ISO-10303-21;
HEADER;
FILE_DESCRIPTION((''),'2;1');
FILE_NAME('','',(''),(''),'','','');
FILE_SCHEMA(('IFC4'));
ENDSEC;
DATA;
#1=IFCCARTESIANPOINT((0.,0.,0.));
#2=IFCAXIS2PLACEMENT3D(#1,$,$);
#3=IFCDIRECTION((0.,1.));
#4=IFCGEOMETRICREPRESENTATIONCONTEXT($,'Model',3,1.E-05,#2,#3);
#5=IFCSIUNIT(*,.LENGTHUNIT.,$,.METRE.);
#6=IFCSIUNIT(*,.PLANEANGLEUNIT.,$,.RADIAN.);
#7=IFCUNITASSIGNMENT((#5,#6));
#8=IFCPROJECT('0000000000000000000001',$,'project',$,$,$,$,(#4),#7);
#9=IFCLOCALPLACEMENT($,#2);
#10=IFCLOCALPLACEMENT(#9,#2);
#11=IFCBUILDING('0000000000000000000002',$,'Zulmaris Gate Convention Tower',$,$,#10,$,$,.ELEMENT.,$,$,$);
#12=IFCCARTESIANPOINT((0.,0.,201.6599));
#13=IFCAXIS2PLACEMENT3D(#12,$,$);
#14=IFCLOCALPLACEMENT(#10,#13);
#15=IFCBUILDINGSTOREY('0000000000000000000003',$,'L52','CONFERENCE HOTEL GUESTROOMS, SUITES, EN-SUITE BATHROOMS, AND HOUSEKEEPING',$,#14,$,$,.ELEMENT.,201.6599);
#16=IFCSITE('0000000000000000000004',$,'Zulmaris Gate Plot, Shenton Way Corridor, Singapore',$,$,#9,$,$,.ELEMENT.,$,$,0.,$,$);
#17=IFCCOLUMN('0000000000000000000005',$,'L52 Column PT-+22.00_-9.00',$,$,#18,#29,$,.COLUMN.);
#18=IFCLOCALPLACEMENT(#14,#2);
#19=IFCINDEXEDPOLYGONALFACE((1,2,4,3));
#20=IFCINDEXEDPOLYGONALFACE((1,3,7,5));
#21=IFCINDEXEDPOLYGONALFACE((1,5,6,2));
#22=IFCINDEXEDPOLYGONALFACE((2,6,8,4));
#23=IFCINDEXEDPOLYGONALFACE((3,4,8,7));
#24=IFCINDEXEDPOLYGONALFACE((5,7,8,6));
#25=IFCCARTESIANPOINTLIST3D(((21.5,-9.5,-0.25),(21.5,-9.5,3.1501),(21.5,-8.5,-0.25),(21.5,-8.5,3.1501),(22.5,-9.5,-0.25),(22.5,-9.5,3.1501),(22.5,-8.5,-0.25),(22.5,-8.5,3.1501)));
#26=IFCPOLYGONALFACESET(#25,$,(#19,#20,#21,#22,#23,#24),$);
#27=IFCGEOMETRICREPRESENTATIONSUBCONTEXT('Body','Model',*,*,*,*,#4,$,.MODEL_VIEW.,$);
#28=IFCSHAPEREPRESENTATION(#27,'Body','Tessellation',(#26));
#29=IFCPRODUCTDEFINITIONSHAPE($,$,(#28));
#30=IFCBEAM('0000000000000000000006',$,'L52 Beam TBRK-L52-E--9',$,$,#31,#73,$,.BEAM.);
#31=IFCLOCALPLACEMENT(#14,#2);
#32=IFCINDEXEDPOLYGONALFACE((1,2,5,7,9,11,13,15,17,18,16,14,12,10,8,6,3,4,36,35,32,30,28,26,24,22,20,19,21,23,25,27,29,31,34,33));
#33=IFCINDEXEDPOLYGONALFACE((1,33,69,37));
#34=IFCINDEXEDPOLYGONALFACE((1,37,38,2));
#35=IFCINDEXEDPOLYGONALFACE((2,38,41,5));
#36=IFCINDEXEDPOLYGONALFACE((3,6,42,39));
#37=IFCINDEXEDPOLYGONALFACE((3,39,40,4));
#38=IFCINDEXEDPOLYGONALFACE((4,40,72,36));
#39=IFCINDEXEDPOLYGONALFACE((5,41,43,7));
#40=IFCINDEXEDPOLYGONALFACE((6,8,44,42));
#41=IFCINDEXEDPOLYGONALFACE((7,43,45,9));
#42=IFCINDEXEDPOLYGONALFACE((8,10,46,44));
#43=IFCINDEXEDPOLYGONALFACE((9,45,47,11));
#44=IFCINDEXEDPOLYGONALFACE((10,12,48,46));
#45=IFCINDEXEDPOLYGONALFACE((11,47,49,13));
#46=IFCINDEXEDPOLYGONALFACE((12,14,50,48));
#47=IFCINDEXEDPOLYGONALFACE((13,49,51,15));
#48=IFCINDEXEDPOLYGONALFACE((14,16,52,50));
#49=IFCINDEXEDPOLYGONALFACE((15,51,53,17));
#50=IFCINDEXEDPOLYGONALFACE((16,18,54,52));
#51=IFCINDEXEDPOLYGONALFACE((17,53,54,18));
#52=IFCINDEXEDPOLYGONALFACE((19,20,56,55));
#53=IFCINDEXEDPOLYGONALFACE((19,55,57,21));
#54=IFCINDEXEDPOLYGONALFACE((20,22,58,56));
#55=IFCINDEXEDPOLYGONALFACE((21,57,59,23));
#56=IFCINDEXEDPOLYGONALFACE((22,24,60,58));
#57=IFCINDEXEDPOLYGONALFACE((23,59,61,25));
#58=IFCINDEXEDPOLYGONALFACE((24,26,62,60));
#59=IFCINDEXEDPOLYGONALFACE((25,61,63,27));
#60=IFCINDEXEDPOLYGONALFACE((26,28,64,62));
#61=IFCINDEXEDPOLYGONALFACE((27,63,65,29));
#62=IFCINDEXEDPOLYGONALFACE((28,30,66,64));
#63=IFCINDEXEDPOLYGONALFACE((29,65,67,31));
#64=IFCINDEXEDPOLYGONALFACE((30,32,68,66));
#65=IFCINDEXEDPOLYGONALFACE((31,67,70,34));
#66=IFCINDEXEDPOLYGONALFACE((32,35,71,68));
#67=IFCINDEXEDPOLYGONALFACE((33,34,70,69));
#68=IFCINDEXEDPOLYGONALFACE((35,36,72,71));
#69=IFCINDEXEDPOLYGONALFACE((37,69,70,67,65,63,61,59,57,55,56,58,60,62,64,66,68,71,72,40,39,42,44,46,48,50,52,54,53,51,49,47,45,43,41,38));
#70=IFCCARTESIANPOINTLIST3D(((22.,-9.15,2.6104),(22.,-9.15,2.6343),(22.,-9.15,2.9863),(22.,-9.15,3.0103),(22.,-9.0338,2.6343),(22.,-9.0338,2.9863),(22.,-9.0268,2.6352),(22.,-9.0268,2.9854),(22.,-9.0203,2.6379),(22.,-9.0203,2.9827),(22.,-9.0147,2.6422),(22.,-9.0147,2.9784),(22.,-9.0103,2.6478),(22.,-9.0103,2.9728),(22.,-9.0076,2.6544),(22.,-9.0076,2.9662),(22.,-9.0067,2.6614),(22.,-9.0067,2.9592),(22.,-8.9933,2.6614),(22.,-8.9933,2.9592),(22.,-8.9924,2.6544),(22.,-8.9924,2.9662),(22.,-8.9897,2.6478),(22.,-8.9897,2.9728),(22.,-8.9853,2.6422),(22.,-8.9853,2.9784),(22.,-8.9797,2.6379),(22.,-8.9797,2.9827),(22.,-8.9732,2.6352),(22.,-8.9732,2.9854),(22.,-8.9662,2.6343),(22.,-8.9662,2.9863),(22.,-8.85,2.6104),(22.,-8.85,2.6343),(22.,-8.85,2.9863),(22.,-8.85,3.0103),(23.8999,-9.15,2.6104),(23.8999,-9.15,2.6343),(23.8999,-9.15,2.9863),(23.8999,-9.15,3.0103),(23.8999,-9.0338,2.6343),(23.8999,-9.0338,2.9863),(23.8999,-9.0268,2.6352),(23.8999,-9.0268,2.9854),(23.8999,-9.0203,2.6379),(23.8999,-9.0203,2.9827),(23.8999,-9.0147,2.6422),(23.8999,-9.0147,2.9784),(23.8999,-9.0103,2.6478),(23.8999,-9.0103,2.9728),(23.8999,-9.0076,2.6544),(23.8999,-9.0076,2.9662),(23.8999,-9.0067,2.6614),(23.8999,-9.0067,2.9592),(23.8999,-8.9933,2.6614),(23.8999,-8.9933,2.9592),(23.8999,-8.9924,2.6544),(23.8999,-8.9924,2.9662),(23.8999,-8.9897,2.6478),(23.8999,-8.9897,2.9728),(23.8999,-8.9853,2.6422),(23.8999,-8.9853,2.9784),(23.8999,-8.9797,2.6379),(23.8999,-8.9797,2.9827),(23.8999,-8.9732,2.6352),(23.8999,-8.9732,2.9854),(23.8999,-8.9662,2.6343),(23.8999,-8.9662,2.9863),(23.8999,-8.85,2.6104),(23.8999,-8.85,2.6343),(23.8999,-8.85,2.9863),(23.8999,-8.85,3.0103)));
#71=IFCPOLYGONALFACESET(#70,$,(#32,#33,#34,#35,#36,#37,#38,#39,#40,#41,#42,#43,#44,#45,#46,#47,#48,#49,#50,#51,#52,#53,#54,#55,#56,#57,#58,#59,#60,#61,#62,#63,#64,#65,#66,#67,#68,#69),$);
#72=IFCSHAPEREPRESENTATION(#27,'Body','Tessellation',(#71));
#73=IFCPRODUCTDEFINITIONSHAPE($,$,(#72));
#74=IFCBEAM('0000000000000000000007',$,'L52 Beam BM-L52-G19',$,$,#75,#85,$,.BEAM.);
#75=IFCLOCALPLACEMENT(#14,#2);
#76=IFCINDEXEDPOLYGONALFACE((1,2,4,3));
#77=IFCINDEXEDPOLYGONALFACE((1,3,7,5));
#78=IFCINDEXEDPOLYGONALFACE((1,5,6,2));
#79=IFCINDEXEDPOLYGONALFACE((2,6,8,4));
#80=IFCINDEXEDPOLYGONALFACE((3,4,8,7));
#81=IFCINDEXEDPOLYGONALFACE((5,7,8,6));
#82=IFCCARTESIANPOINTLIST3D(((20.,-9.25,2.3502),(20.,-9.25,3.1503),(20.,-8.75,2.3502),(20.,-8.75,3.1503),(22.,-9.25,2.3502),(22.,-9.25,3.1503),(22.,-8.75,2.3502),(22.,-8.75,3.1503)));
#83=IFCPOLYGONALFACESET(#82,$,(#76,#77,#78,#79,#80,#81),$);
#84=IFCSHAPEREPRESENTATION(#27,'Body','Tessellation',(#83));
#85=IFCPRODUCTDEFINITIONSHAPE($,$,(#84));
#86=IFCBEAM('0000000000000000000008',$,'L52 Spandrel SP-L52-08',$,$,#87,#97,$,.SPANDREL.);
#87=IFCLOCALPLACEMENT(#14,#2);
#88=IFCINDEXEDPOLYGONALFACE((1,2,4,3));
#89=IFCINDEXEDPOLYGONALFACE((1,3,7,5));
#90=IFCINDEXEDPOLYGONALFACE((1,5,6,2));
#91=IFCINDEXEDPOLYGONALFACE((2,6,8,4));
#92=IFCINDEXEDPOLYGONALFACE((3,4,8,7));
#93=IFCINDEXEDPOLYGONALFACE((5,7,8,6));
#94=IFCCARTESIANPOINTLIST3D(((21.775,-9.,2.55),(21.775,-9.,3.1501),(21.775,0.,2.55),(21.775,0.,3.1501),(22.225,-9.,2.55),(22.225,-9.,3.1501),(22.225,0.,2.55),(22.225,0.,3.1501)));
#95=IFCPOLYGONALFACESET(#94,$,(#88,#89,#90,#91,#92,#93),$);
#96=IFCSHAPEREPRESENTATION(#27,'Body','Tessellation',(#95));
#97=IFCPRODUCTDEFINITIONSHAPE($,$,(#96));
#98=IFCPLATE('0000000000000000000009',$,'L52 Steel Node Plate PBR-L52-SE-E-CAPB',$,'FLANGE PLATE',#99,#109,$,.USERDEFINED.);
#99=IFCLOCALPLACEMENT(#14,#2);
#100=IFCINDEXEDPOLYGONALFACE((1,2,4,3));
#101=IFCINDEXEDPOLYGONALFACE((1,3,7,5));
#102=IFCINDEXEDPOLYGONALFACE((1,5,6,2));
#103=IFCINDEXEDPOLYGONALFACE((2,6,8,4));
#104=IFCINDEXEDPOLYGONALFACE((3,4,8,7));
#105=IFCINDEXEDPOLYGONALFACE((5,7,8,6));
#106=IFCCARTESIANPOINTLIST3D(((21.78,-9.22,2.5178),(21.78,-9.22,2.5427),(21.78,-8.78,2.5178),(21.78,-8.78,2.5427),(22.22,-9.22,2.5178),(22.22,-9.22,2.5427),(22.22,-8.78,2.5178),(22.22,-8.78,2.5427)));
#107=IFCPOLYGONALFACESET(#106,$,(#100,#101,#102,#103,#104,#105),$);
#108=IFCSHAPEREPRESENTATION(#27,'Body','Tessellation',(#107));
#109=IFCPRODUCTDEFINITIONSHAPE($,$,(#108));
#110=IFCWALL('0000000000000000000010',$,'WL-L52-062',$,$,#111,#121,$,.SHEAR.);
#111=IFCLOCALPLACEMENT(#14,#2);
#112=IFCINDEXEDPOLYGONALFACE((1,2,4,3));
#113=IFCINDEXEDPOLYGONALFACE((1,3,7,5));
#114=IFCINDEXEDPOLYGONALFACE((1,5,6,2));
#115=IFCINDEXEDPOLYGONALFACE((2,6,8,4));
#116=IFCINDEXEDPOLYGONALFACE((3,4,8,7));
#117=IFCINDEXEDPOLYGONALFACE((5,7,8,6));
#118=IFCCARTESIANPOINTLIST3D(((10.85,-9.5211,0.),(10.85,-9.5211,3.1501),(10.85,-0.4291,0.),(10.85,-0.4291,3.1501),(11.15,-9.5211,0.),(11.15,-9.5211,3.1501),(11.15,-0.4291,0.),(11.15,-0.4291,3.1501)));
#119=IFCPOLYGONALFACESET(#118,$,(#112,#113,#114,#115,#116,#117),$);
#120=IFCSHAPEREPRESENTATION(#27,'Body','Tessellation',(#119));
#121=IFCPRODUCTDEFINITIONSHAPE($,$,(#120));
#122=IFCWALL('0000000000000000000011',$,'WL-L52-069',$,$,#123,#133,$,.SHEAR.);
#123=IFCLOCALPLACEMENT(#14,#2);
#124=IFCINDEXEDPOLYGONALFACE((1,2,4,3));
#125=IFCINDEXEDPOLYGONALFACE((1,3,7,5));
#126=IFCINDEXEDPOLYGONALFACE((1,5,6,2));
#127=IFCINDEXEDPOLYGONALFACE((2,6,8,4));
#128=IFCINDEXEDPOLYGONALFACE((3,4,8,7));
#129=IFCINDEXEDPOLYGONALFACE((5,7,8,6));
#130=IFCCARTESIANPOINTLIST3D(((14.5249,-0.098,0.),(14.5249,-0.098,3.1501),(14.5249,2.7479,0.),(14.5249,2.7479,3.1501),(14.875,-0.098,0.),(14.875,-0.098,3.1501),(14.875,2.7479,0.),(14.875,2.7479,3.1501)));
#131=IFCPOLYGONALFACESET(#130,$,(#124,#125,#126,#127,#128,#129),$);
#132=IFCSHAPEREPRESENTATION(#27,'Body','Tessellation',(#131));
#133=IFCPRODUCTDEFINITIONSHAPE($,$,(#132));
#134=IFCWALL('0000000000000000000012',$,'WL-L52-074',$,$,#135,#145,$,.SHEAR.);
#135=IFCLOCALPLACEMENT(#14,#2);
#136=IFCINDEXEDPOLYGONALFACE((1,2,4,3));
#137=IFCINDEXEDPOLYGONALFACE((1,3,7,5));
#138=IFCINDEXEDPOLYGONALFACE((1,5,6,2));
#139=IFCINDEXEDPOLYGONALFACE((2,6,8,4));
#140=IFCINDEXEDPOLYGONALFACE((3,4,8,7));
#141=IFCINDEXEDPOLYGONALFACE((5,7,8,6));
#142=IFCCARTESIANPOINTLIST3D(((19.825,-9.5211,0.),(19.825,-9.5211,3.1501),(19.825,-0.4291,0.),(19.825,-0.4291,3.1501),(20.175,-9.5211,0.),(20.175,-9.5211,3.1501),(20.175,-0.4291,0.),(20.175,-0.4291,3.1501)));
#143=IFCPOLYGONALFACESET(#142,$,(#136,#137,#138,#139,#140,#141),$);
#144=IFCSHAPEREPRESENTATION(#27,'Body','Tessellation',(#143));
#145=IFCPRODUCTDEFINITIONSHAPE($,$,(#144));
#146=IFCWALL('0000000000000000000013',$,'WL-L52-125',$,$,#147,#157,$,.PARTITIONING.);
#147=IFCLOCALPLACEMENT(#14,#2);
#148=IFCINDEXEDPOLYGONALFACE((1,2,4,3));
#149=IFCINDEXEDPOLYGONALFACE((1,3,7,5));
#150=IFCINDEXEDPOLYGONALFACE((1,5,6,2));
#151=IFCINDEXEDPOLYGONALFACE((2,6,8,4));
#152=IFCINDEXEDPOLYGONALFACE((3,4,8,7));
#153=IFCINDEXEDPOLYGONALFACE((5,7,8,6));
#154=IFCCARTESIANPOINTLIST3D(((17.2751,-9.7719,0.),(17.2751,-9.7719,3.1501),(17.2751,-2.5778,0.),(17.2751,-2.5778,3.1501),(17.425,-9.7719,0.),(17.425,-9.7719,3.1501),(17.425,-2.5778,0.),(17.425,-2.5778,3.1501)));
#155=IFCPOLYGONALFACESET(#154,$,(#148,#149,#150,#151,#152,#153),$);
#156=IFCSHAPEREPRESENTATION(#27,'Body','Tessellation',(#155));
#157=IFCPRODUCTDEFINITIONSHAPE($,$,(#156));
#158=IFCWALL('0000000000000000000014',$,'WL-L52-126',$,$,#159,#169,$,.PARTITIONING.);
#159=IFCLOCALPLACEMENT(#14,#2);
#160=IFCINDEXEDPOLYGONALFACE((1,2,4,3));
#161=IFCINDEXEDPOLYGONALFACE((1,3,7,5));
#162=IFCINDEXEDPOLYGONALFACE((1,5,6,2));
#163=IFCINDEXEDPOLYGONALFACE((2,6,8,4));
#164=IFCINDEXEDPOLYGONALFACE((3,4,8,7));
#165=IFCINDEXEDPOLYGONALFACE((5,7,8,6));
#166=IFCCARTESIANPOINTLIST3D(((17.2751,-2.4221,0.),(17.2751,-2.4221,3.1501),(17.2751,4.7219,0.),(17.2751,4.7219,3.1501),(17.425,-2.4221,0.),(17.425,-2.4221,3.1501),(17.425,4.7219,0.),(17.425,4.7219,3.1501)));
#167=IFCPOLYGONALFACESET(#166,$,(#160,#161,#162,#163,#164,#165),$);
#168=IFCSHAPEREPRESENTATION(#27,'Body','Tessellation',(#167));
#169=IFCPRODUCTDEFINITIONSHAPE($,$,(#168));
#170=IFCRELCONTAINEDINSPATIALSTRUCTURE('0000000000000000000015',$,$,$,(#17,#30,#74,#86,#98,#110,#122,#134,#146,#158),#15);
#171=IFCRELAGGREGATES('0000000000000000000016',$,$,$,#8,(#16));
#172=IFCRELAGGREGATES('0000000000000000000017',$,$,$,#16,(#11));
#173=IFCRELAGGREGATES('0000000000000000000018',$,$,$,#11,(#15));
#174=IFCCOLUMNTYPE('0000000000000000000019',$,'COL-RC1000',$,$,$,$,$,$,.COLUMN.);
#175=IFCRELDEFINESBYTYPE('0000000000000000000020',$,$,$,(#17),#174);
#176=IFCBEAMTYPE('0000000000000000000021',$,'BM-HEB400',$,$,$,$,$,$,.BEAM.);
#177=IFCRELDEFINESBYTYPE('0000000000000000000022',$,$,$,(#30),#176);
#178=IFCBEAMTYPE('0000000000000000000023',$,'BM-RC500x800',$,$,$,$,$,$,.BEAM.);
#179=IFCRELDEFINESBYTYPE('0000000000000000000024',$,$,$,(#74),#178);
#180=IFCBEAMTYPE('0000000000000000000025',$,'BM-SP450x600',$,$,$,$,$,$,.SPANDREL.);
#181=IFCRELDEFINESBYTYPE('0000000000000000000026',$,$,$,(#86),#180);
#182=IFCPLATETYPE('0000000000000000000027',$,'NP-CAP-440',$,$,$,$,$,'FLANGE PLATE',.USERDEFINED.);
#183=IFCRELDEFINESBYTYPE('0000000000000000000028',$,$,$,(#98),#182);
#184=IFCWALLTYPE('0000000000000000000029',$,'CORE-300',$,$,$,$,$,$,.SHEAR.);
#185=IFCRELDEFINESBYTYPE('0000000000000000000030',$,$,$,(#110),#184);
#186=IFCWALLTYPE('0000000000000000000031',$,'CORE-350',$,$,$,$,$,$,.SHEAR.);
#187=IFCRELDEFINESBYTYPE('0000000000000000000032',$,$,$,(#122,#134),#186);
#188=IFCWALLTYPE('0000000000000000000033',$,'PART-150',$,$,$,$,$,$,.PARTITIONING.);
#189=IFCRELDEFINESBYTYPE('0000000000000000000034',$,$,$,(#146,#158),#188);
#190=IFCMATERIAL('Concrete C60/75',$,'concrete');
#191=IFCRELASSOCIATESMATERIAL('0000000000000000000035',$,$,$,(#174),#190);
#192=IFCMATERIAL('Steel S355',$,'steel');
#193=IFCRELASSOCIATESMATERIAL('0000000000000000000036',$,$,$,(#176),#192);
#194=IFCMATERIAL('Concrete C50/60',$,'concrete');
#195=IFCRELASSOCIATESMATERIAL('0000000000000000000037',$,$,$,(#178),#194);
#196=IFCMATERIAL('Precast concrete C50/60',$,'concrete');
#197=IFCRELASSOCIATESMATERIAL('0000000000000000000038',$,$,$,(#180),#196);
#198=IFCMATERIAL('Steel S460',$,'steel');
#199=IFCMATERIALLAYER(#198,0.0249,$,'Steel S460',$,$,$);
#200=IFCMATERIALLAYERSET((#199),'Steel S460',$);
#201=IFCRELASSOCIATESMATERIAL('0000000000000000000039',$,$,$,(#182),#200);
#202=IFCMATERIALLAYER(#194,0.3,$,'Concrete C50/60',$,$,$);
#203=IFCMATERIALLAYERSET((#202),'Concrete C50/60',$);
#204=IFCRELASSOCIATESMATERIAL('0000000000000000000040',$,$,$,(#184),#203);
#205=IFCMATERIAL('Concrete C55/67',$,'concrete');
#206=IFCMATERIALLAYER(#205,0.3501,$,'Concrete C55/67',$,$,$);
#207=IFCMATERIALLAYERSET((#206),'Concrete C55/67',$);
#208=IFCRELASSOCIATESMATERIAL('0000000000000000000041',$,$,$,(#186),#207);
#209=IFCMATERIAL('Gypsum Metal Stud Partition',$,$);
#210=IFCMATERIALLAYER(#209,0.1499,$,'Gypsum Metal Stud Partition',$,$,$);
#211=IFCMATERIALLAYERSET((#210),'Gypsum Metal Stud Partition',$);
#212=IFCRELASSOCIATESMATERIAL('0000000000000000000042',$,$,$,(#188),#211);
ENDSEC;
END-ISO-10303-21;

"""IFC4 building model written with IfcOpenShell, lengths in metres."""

from ifc_helpers import new_model, si_unit, direction, frame, frame_2d, origin, origin_2d, place, context, subcontext, project, spatial, rectangle, i_section, extrude, material, layer, layer_set, material_profile, profile_set, type_object, element, save


model = new_model("IFC4")

# Units and contexts
model_context = context("Model", 3, precision=1e-05, world=origin(), true_north=direction((0.0, 1.0)))
body_context = subcontext(model_context, "Body", "Model", "MODEL_VIEW")
ifc_project = project(units=[si_unit("LENGTHUNIT", "METRE"), si_unit("PLANEANGLEUNIT", "RADIAN")], contexts=[model_context])

# Site, building, storey
site_placement = place(None, origin())
site = spatial("IfcSite", under=ifc_project, at=site_placement, Name="Zulmaris Gate Plot, Shenton Way Corridor, Singapore", CompositionType="ELEMENT", RefElevation=0.0)
building_placement = place(site_placement, origin())
building = spatial("IfcBuilding", under=site, at=building_placement, Name="Zulmaris Gate Convention Tower", CompositionType="ELEMENT")
storey_placement = place(building_placement, frame((0.0, 0.0, 201.6599)))
storey = spatial("IfcBuildingStorey", under=building, at=storey_placement, Name="L52", Description="CONFERENCE HOTEL GUESTROOMS, SUITES, EN-SUITE BATHROOMS, AND HOUSEKEEPING", CompositionType="ELEMENT", Elevation=201.6599)

# Column
ifc_material_1 = material(Name="Concrete C60/75", Category="concrete")
ifc_material_profile_1 = material_profile(ifc_material_1, rectangle(XDim=1.0, YDim=1.0, at=origin_2d()), Name="RC COL 1000x1000")
ifc_profile_set_1 = profile_set([ifc_material_profile_1], Name="Concrete C60/75")
column_type = type_object("IfcColumnType", Name="COL-RC1000", PredefinedType="COLUMN", material=ifc_profile_set_1)
column_placement = place(storey_placement, frame((22.0, -9.0, -0.25), z_axis=(0.0, 0.0, 1.0), x_axis=(1.0, 0.0, 0.0)))
element("IfcColumn", 1, at=column_placement, inside=storey, type_object=column_type, Name="L52 Column PT-+22.00_-9.00", PredefinedType="COLUMN", context=body_context, shape_type="SweptSolid", body=[
    extrude(rectangle(XDim=1.0, YDim=1.0, at=origin_2d()), origin(), (0.0, 0.0, 1.0), 3.4001),
])

# Beams
ifc_material_2 = material(Name="Steel S355", Category="steel")
ifc_material_profile_2 = material_profile(ifc_material_2, i_section(OverallWidth=0.3, OverallDepth=0.3999, WebThickness=0.0134, FlangeThickness=0.0239, FilletRadius=0.0271, at=origin_2d()), Name="HEB 400")
ifc_profile_set_2 = profile_set([ifc_material_profile_2], Name="Steel S355")
beam_type_1 = type_object("IfcBeamType", Name="BM-HEB400", PredefinedType="BEAM", material=ifc_profile_set_2)
beam_1_placement = place(storey_placement, frame((22.0, -9.0, 2.8103), z_axis=(1.0, 0.0, 0.0), x_axis=(0.0, 1.0, 0.0)))
element("IfcBeam", 2, at=beam_1_placement, inside=storey, type_object=beam_type_1, Name="L52 Beam TBRK-L52-E--9", PredefinedType="BEAM", context=body_context, shape_type="SweptSolid", body=[
    extrude(i_section(OverallWidth=0.3, OverallDepth=0.3999, WebThickness=0.0134, FlangeThickness=0.0239, FilletRadius=0.0271, at=origin_2d()), origin(), (0.0, 0.0, 1.0), 1.8999),
])
ifc_material_3 = material(Name="Concrete C50/60", Category="concrete")
ifc_material_profile_3 = material_profile(ifc_material_3, rectangle(XDim=0.5, YDim=0.8, at=origin_2d()), Name="RC BEAM 500x800")
ifc_profile_set_3 = profile_set([ifc_material_profile_3], Name="Concrete C50/60")
beam_type_2 = type_object("IfcBeamType", Name="BM-RC500x800", PredefinedType="BEAM", material=ifc_profile_set_3)
beam_2_placement = place(storey_placement, frame((20.0, -9.0, 2.7502), z_axis=(1.0, 0.0, 0.0), x_axis=(0.0, 1.0, 0.0)))
element("IfcBeam", 3, at=beam_2_placement, inside=storey, type_object=beam_type_2, Name="L52 Beam BM-L52-G19", PredefinedType="BEAM", context=body_context, shape_type="SweptSolid", body=[
    extrude(rectangle(XDim=0.5, YDim=0.8, at=origin_2d()), origin(), (0.0, 0.0, 1.0), 2.0),
])
ifc_material_4 = material(Name="Precast concrete C50/60", Category="concrete")
ifc_material_profile_4 = material_profile(ifc_material_4, rectangle(XDim=0.45, YDim=0.6001, at=origin_2d()), Name="RC SPANDREL 450x600")
ifc_profile_set_4 = profile_set([ifc_material_profile_4], Name="Precast concrete C50/60")
beam_type_3 = type_object("IfcBeamType", Name="BM-SP450x600", PredefinedType="SPANDREL", material=ifc_profile_set_4)
beam_3_placement = place(storey_placement, frame((22.0, -9.0, 2.8501), z_axis=(0.0, 1.0, 0.0), x_axis=(-1.0, 0.0, 0.0)))
element("IfcBeam", 4, at=beam_3_placement, inside=storey, type_object=beam_type_3, Name="L52 Spandrel SP-L52-08", PredefinedType="SPANDREL", context=body_context, shape_type="SweptSolid", body=[
    extrude(rectangle(XDim=0.45, YDim=0.6001, at=origin_2d()), origin(), (0.0, 0.0, 1.0), 9.0),
])

# Plate
ifc_material_5 = material(Name="Steel S460", Category="steel")
ifc_layer_1 = layer(ifc_material_5, 0.0249, Name="Steel S460")
ifc_layer_set_1 = layer_set([ifc_layer_1], Name="Steel S460")
plate_type = type_object("IfcPlateType", Name="NP-CAP-440", ElementType="FLANGE PLATE", PredefinedType="USERDEFINED", material=ifc_layer_set_1)
plate_placement = place(storey_placement, frame((22.0, -9.0, 2.5178), z_axis=(0.0, 0.0, 1.0), x_axis=(1.0, 0.0, 0.0)))
element("IfcPlate", 5, at=plate_placement, inside=storey, type_object=plate_type, Name="L52 Steel Node Plate PBR-L52-SE-E-CAPB", ObjectType="FLANGE PLATE", PredefinedType="USERDEFINED", context=body_context, shape_type="SweptSolid", body=[
    extrude(rectangle(XDim=0.4399, YDim=0.4399, at=origin_2d()), origin(), (0.0, 0.0, 1.0), 0.0249),
])

# Shared definitions
ifc_layer_2 = layer(ifc_material_3, 0.3, Name="Concrete C50/60")
ifc_layer_set_2 = layer_set([ifc_layer_2], Name="Concrete C50/60")
wall_type_1 = type_object("IfcWallType", Name="CORE-300", PredefinedType="SHEAR", material=ifc_layer_set_2)

# Walls
wall_1_placement = place(storey_placement, frame((11.0, -9.521, 0.0), z_axis=(0.0, 0.0, 1.0), x_axis=(0.0, 1.0, 0.0)))
element("IfcWall", 6, at=wall_1_placement, inside=storey, type_object=wall_type_1, Name="WL-L52-062", PredefinedType="SHEAR", context=body_context, shape_type="SweptSolid", body=[
    extrude(rectangle(XDim=9.092, YDim=0.3, at=frame_2d((4.5459, 0.0))), origin(), (0.0, 0.0, 1.0), 3.1501),
])
ifc_material_6 = material(Name="Concrete C55/67", Category="concrete")
ifc_layer_3 = layer(ifc_material_6, 0.3501, Name="Concrete C55/67")
ifc_layer_set_3 = layer_set([ifc_layer_3], Name="Concrete C55/67")
wall_type_2 = type_object("IfcWallType", Name="CORE-350", PredefinedType="SHEAR", material=ifc_layer_set_3)
wall_2_placement = place(storey_placement, frame((14.7, -0.0979, 0.0), z_axis=(0.0, 0.0, 1.0), x_axis=(0.0, 1.0, 0.0)))
element("IfcWall", 7, at=wall_2_placement, inside=storey, type_object=wall_type_2, Name="WL-L52-069", PredefinedType="SHEAR", context=body_context, shape_type="SweptSolid", body=[
    extrude(rectangle(XDim=2.8459, YDim=0.3501, at=frame_2d((1.4229, 0.0))), origin(), (0.0, 0.0, 1.0), 3.1501),
])
wall_3_placement = place(storey_placement, frame((20.0, -9.521, 0.0), z_axis=(0.0, 0.0, 1.0), x_axis=(0.0, 1.0, 0.0)))
element("IfcWall", 8, at=wall_3_placement, inside=storey, type_object=wall_type_2, Name="WL-L52-074", PredefinedType="SHEAR", context=body_context, shape_type="SweptSolid", body=[
    extrude(rectangle(XDim=9.092, YDim=0.3501, at=frame_2d((4.5459, 0.0))), origin(), (0.0, 0.0, 1.0), 3.1501),
])

# Shared definitions
ifc_material_7 = material(Name="Gypsum Metal Stud Partition")
ifc_layer_4 = layer(ifc_material_7, 0.1499, Name="Gypsum Metal Stud Partition")
ifc_layer_set_4 = layer_set([ifc_layer_4], Name="Gypsum Metal Stud Partition")
wall_type_3 = type_object("IfcWallType", Name="PART-150", PredefinedType="PARTITIONING", material=ifc_layer_set_4)

# Walls
wall_4_placement = place(storey_placement, frame((17.3501, -9.772, 0.0), z_axis=(0.0, 0.0, 1.0), x_axis=(0.0, 1.0, 0.0)))
element("IfcWall", 9, at=wall_4_placement, inside=storey, type_object=wall_type_3, Name="WL-L52-125", PredefinedType="PARTITIONING", context=body_context, shape_type="SweptSolid", body=[
    extrude(rectangle(XDim=7.1941, YDim=0.1499, at=frame_2d((3.5972, 0.0))), origin(), (0.0, 0.0, 1.0), 3.1501),
])
wall_5_placement = place(storey_placement, frame((17.3501, -2.4221, 0.0), z_axis=(0.0, 0.0, 1.0), x_axis=(0.0, 1.0, 0.0)))
element("IfcWall", 10, at=wall_5_placement, inside=storey, type_object=wall_type_3, Name="WL-L52-126", PredefinedType="PARTITIONING", context=body_context, shape_type="SweptSolid", body=[
    extrude(rectangle(XDim=7.144, YDim=0.1499, at=frame_2d((3.572, 0.0))), origin(), (0.0, 0.0, 1.0), 3.1501),
])

save(model, "model.ifc")
